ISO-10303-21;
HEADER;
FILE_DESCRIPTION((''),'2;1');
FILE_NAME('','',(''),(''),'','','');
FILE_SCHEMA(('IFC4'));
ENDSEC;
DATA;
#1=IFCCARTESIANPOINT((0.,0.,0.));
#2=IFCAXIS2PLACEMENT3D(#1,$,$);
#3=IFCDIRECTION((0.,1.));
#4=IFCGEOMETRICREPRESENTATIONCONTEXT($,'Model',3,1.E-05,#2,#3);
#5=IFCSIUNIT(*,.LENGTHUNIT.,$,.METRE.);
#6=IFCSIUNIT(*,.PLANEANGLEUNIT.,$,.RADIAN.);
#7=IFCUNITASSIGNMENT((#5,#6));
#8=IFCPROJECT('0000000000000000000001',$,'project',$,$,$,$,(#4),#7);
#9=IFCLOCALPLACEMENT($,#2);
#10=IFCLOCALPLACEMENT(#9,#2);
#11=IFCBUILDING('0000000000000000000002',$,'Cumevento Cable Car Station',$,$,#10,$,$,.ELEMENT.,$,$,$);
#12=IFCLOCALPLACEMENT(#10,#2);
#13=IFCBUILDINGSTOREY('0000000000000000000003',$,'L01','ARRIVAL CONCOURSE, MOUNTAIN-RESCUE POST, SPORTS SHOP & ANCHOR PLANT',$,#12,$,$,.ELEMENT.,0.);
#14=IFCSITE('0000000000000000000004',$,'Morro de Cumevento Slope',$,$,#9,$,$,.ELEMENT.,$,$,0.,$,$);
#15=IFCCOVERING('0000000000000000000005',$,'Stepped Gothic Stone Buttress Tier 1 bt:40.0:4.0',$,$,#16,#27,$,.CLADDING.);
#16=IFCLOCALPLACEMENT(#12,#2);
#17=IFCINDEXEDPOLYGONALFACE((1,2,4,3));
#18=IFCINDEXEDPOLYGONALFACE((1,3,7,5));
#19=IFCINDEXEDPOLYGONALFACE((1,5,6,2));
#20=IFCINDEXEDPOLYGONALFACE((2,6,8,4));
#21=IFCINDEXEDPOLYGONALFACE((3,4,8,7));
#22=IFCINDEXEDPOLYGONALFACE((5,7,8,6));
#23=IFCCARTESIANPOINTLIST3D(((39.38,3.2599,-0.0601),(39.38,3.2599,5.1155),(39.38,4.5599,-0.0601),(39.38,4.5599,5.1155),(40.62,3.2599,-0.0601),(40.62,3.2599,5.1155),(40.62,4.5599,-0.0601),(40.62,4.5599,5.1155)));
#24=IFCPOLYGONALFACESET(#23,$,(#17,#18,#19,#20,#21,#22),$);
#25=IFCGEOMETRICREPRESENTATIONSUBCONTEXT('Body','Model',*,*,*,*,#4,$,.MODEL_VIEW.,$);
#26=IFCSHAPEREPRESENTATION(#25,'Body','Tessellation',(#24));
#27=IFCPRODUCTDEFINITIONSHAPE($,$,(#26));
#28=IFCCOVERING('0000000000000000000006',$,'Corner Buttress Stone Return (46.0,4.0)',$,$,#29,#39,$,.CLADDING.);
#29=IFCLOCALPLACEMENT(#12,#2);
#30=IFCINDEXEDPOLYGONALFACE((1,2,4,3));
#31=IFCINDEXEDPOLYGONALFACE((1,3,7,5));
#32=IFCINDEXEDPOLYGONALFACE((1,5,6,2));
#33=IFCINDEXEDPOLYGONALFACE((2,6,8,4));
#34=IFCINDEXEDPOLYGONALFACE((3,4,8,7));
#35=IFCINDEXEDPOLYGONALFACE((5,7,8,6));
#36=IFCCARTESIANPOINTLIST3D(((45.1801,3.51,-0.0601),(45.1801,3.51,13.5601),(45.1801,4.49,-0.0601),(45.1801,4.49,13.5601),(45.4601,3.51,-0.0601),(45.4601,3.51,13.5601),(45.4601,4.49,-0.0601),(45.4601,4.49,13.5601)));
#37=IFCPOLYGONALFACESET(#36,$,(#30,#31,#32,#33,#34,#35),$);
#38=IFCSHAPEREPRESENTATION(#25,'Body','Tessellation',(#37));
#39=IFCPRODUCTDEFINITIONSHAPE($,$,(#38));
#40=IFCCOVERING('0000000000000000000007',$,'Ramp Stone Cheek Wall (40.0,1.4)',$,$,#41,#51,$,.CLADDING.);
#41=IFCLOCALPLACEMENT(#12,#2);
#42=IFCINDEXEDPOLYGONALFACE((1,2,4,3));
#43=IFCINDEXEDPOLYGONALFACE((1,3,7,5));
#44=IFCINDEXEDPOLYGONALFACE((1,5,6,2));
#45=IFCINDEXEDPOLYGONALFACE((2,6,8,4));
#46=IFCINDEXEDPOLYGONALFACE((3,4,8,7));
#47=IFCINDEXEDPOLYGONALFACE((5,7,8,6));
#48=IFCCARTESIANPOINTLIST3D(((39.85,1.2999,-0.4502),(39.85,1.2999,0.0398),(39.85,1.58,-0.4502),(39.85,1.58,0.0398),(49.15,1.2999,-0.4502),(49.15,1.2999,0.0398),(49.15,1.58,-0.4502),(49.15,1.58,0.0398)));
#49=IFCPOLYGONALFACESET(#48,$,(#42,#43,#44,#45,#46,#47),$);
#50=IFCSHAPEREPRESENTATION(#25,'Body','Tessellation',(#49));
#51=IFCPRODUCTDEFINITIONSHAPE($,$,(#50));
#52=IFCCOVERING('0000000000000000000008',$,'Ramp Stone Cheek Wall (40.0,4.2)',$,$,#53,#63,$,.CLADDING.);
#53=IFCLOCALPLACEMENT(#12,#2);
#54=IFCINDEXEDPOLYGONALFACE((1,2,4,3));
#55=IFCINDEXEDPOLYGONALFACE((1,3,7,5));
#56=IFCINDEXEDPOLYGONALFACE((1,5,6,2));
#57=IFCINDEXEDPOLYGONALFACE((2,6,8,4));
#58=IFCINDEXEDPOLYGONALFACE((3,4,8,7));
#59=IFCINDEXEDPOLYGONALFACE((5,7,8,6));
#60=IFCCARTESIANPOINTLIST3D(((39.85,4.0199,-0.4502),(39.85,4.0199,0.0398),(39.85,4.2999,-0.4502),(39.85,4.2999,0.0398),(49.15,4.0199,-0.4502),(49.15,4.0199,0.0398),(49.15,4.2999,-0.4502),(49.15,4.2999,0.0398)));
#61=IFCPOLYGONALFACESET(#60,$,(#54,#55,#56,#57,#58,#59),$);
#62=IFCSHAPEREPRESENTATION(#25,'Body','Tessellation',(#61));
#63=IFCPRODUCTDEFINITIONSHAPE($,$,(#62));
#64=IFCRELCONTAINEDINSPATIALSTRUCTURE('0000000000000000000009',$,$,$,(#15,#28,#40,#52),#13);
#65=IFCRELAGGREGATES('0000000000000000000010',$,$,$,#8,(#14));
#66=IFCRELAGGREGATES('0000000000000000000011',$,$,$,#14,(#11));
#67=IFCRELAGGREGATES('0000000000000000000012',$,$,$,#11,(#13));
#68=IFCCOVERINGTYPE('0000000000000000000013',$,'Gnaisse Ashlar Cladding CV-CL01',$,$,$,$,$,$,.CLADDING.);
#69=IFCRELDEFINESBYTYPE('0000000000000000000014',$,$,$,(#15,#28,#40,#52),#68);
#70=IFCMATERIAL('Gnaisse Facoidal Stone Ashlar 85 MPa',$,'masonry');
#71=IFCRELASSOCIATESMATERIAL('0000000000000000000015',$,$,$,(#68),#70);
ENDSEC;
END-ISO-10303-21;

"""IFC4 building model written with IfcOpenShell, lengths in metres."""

from ifc_helpers import new_model, si_unit, direction, frame, origin, origin_2d, place, context, subcontext, project, spatial, rectangle, extrude, material, type_object, element, save


model = new_model("IFC4")

# Units and contexts
model_context = context("Model", 3, precision=1e-05, world=origin(), true_north=direction((0.0, 1.0)))
body_context = subcontext(model_context, "Body", "Model", "MODEL_VIEW")
ifc_project = project(units=[si_unit("LENGTHUNIT", "METRE"), si_unit("PLANEANGLEUNIT", "RADIAN")], contexts=[model_context])

# Site, building, storey
site_placement = place(None, origin())
site = spatial("IfcSite", under=ifc_project, at=site_placement, Name="Morro de Cumevento Slope", CompositionType="ELEMENT", RefElevation=0.0)
building_placement = place(site_placement, origin())
building = spatial("IfcBuilding", under=site, at=building_placement, Name="Cumevento Cable Car Station", CompositionType="ELEMENT")
storey_placement = place(building_placement, origin())
storey = spatial("IfcBuildingStorey", under=building, at=storey_placement, Name="L01", Description="ARRIVAL CONCOURSE, MOUNTAIN-RESCUE POST, SPORTS SHOP & ANCHOR PLANT", CompositionType="ELEMENT", Elevation=0.0)

# Coverings
ifc_material_1 = material(Name="Gnaisse Facoidal Stone Ashlar 85 MPa", Category="masonry")
covering_type = type_object("IfcCoveringType", Name="Gnaisse Ashlar Cladding CV-CL01", PredefinedType="CLADDING", material=ifc_material_1)
covering_1_placement = place(storey_placement, frame((40.0, 3.9099, -0.0601), z_axis=(0.0, 0.0, 1.0), x_axis=(1.0, 0.0, 0.0)))
element("IfcCovering", 1, at=covering_1_placement, inside=storey, type_object=covering_type, Name="Stepped Gothic Stone Buttress Tier 1 bt:40.0:4.0", PredefinedType="CLADDING", context=body_context, shape_type="SweptSolid", body=[
    extrude(rectangle(XDim=1.24, YDim=1.3, at=origin_2d()), origin(), (0.0, 0.0, 1.0), 5.1755),
])
covering_2_placement = place(storey_placement, frame((45.3201, 4.0, -0.0601), z_axis=(0.0, 0.0, 1.0), x_axis=(1.0, 0.0, 0.0)))
element("IfcCovering", 2, at=covering_2_placement, inside=storey, type_object=covering_type, Name="Corner Buttress Stone Return (46.0,4.0)", PredefinedType="CLADDING", context=body_context, shape_type="SweptSolid", body=[
    extrude(rectangle(XDim=0.28, YDim=0.98, at=origin_2d()), origin(), (0.0, 0.0, 1.0), 13.6201),
])
for number, where, z_axis, x_axis, name in (
    (3, (44.5, 1.4399, -0.4502), (0.0, 0.0, 1.0), (1.0, 0.0, 0.0), "Ramp Stone Cheek Wall (40.0,1.4)"),
    (4, (44.5, 4.1599, -0.4502), (0.0, 0.0, 1.0), (1.0, 0.0, 0.0), "Ramp Stone Cheek Wall (40.0,4.2)"),
):
    element("IfcCovering", number, at=place(storey_placement, frame(where, z_axis=z_axis, x_axis=x_axis)), inside=storey, type_object=covering_type, Name=name, PredefinedType="CLADDING", context=body_context, shape_type="SweptSolid", body=[
        extrude(rectangle(XDim=9.3, YDim=0.28, at=origin_2d()), origin(), (0.0, 0.0, 1.0), 0.49),
    ])

save(model, "model.ifc")
